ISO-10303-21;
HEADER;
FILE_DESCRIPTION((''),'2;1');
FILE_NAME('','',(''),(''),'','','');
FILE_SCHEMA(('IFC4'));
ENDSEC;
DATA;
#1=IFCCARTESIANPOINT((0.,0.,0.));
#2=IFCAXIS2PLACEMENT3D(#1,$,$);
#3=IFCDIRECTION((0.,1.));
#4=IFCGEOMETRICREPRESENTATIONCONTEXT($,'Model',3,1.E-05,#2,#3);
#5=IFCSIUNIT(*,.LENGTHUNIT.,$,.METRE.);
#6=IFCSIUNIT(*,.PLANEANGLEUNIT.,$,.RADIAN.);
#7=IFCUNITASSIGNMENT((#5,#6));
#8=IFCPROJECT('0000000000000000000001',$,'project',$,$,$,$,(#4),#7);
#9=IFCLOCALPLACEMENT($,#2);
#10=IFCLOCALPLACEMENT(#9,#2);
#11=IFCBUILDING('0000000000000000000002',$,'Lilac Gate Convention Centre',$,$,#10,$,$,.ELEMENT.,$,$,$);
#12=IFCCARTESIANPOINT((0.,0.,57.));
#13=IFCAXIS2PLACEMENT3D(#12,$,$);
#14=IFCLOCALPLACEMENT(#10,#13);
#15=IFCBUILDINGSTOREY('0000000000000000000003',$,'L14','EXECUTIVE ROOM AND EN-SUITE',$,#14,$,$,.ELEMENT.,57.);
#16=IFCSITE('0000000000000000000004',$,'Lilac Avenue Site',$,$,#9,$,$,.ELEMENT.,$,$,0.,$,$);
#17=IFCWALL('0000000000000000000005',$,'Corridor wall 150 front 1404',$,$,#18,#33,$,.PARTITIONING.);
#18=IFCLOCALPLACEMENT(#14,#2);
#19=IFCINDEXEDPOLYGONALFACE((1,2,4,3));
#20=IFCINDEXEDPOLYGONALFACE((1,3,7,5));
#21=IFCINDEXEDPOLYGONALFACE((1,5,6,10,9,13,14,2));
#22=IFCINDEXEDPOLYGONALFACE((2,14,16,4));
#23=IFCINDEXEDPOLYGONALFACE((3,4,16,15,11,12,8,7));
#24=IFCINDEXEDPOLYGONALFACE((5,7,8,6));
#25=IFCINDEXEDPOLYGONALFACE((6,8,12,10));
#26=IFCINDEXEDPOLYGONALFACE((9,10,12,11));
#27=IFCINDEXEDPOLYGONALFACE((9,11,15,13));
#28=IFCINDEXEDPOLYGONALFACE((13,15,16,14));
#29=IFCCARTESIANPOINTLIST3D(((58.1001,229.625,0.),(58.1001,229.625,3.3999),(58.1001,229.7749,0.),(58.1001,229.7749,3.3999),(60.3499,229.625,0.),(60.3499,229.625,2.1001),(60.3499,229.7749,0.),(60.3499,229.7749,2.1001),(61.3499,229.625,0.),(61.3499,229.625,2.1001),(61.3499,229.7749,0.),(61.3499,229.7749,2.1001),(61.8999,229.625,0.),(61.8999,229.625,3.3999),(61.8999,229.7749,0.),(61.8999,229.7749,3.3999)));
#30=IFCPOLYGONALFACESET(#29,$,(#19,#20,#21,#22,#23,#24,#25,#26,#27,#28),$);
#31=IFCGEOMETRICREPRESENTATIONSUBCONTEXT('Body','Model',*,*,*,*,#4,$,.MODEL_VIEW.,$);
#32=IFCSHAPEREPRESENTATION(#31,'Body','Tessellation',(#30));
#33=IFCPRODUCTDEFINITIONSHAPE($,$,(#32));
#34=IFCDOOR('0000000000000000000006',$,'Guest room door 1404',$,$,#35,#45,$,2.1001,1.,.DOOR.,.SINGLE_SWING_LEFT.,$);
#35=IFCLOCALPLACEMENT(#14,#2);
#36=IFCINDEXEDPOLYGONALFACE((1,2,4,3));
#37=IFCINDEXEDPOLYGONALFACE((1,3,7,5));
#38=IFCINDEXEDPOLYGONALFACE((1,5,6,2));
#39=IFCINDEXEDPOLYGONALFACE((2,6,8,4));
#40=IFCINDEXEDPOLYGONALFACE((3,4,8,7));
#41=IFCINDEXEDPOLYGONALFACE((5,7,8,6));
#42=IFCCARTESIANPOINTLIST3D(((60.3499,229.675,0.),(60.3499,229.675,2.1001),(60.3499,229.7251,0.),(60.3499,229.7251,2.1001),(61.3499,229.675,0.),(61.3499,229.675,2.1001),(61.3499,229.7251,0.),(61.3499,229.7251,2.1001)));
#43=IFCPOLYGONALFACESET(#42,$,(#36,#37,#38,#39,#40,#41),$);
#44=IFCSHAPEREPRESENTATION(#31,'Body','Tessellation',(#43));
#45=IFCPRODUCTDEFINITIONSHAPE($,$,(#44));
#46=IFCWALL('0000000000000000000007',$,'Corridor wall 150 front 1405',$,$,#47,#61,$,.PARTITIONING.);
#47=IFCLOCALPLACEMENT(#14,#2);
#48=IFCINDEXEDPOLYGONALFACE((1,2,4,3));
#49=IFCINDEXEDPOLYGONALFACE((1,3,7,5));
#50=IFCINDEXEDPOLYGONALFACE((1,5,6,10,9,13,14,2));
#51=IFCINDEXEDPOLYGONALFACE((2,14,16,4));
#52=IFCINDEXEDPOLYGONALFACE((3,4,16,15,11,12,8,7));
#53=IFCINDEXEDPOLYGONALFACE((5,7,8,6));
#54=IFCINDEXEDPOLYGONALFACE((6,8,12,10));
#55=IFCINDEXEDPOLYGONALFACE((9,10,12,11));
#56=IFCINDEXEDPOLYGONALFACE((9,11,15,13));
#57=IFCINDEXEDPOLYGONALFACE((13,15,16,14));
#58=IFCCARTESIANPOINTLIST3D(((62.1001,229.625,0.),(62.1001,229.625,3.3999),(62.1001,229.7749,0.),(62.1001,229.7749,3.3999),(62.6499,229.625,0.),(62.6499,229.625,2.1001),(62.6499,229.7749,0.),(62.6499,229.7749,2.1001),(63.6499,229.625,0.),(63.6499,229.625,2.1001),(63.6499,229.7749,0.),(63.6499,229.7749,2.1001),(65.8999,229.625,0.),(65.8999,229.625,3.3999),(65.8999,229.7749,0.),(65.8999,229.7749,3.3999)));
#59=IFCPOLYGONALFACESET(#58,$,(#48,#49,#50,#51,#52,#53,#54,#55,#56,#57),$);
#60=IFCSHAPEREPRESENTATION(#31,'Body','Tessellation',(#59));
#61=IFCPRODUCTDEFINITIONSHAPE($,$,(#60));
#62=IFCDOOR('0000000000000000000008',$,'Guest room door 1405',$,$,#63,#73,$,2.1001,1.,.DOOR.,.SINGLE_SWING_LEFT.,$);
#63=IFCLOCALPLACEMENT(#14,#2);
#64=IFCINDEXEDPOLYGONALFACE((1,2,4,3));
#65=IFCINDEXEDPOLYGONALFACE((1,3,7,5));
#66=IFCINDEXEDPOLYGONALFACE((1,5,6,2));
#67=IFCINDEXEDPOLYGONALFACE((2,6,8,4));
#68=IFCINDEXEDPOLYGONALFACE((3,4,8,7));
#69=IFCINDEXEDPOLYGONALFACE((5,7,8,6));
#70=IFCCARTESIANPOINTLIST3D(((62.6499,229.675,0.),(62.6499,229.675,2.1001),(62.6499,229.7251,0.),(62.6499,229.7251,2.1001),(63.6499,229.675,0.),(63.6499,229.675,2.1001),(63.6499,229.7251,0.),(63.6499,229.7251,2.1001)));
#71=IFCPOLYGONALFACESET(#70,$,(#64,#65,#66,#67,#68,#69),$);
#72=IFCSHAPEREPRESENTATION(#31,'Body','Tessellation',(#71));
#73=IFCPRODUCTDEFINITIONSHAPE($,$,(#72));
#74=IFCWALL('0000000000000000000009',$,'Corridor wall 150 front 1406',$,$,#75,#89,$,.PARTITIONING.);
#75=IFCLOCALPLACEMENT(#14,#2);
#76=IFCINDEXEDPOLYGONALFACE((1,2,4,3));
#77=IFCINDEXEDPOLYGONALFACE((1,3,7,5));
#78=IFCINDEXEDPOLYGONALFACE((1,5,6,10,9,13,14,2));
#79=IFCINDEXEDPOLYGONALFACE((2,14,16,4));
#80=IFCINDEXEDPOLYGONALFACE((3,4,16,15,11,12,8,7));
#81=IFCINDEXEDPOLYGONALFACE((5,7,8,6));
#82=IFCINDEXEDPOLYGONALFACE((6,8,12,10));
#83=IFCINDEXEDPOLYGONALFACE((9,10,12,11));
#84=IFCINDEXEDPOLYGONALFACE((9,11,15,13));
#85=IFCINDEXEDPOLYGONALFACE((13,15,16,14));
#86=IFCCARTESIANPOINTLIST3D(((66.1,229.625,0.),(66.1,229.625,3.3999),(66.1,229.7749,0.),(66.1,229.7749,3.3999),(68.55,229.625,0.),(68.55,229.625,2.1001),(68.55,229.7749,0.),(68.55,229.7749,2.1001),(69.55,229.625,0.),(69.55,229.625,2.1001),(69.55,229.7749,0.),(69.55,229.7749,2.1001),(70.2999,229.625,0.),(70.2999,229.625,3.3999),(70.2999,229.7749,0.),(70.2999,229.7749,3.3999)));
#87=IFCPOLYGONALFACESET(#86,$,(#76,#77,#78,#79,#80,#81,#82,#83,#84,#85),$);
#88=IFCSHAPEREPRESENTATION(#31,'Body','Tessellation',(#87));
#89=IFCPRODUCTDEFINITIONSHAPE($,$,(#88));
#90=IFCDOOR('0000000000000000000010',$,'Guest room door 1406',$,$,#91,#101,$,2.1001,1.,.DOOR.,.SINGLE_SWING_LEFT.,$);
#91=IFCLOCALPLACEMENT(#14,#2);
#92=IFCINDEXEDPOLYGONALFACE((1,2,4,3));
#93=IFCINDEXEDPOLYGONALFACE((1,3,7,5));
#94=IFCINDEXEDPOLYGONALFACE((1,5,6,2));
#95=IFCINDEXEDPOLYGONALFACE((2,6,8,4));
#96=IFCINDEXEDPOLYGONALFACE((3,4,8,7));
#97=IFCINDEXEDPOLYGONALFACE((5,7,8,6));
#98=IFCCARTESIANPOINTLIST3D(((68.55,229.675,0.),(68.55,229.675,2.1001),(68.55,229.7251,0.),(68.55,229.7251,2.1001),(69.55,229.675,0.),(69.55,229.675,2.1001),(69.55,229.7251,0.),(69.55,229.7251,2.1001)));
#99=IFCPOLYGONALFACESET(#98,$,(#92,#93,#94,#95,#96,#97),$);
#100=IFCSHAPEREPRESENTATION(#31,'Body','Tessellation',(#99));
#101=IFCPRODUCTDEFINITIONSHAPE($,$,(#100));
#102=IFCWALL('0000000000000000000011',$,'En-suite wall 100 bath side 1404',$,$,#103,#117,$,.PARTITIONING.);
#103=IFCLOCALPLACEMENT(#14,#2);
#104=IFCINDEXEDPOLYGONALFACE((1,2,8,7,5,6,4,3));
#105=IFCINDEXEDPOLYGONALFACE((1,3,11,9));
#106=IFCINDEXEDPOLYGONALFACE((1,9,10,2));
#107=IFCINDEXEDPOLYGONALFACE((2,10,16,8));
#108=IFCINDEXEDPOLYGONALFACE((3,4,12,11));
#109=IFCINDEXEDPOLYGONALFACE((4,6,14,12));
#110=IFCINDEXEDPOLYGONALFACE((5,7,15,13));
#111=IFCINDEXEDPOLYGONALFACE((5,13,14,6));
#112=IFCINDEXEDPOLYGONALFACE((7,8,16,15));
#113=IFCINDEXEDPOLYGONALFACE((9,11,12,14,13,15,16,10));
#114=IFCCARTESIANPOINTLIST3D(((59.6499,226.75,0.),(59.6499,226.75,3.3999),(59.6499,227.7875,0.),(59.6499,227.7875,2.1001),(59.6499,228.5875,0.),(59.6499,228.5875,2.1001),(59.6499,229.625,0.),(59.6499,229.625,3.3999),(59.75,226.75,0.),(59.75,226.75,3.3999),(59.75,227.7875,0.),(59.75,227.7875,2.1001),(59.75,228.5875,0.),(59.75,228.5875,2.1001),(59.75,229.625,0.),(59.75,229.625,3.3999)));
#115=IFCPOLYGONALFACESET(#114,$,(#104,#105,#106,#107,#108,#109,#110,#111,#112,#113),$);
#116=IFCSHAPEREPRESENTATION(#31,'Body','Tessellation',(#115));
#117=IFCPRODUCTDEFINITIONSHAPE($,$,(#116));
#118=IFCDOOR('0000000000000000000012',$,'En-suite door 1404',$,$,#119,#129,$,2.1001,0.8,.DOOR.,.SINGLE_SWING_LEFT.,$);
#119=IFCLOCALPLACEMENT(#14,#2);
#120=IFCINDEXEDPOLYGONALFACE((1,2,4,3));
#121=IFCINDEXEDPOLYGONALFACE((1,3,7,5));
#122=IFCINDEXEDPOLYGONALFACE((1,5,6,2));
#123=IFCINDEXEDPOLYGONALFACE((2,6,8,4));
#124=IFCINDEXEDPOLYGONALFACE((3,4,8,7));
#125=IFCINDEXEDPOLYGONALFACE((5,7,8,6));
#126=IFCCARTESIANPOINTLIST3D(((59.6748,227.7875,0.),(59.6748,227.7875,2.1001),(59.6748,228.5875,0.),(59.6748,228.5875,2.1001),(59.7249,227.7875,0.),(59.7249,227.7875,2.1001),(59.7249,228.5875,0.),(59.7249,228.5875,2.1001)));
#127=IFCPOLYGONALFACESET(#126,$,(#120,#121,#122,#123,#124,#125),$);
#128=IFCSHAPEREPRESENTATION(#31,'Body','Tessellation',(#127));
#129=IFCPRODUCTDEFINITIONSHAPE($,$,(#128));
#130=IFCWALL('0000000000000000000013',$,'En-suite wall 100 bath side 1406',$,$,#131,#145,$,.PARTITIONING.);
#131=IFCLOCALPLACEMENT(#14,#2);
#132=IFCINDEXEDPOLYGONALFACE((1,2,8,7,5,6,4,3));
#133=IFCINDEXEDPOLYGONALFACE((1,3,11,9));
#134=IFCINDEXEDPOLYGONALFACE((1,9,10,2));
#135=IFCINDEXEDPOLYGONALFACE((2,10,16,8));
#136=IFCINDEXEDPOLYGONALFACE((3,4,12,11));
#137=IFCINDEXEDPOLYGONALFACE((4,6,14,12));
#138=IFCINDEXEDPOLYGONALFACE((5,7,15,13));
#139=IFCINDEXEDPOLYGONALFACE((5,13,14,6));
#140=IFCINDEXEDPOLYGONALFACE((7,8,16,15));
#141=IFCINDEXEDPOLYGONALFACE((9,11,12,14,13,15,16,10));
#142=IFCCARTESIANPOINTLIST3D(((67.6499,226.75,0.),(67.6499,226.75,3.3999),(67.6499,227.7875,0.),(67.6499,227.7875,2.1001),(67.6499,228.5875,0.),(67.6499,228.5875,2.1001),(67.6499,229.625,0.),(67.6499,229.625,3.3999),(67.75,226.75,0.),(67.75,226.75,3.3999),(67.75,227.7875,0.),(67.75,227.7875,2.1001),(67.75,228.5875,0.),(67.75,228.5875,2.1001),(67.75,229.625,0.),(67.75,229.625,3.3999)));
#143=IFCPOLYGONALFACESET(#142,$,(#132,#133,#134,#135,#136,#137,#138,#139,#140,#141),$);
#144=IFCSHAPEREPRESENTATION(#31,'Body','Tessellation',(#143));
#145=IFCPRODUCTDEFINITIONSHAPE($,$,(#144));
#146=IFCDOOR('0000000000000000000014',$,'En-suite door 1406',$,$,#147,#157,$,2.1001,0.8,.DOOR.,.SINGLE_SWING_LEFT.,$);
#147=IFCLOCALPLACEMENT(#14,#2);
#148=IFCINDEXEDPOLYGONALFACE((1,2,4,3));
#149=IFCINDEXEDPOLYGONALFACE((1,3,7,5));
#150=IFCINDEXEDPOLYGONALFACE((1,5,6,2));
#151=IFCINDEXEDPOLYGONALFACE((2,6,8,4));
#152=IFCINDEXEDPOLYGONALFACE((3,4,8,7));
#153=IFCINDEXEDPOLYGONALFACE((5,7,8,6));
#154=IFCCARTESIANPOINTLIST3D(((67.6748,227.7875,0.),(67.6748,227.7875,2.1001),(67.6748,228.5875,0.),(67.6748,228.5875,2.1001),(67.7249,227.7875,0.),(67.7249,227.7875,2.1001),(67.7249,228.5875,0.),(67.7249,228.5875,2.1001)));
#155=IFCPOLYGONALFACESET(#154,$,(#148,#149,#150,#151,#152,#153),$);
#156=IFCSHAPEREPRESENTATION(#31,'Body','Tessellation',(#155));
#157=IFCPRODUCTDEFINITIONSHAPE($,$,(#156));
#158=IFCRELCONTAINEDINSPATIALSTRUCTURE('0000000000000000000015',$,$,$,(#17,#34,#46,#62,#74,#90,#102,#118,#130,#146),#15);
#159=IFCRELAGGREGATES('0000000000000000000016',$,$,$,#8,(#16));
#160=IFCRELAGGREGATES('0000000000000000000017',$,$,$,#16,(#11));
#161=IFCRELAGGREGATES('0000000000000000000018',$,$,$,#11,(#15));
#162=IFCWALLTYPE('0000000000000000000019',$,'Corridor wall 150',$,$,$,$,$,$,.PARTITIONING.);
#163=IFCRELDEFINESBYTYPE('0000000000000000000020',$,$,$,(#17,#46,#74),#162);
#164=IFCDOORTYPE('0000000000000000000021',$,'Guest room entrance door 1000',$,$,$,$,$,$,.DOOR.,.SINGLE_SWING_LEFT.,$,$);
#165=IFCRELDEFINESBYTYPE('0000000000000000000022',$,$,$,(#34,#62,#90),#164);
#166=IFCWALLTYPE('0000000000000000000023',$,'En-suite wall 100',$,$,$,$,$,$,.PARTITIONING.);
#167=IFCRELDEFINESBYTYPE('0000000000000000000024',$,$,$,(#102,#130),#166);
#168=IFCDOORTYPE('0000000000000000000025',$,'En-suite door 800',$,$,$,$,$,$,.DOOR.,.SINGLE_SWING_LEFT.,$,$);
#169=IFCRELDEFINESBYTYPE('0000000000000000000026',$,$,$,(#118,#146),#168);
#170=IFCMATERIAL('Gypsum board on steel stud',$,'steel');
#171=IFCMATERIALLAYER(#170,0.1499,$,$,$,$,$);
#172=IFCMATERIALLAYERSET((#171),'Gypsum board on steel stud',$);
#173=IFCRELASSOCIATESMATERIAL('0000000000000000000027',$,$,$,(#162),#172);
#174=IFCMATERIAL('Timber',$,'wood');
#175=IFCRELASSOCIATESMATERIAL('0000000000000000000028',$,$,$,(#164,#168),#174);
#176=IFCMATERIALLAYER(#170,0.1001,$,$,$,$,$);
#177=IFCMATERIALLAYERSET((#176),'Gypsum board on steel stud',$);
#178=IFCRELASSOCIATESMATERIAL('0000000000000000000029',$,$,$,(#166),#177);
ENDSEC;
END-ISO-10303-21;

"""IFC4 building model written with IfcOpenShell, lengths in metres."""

from ifc_helpers import new_model, si_unit, direction, frame, frame_2d, origin, place, context, subcontext, project, spatial, rectangle, extrude, material, layer, layer_set, type_object, element, fill, save


model = new_model("IFC4")

# Units and contexts
model_context = context("Model", 3, precision=1e-05, world=origin(), true_north=direction((0.0, 1.0)))
body_context = subcontext(model_context, "Body", "Model", "MODEL_VIEW")
ifc_project = project(units=[si_unit("LENGTHUNIT", "METRE"), si_unit("PLANEANGLEUNIT", "RADIAN")], contexts=[model_context])

# Site, building, storey
site_placement = place(None, origin())
site = spatial("IfcSite", under=ifc_project, at=site_placement, Name="Lilac Avenue Site", CompositionType="ELEMENT", RefElevation=0.0)
building_placement = place(site_placement, origin())
building = spatial("IfcBuilding", under=site, at=building_placement, Name="Lilac Gate Convention Centre", CompositionType="ELEMENT")
storey_placement = place(building_placement, frame((0.0, 0.0, 57.0)))
storey = spatial("IfcBuildingStorey", under=building, at=storey_placement, Name="L14", Description="EXECUTIVE ROOM AND EN-SUITE", CompositionType="ELEMENT", Elevation=57.0)

# Walls, openings, doors
ifc_material_1 = material(Name="Gypsum board on steel stud", Category="steel")
ifc_layer_1 = layer(ifc_material_1, 0.1499)
ifc_layer_set_1 = layer_set([ifc_layer_1], Name="Gypsum board on steel stud")
wall_type_1 = type_object("IfcWallType", Name="Corridor wall 150", PredefinedType="PARTITIONING", material=ifc_layer_set_1)
ifc_material_2 = material(Name="Timber", Category="wood")
door_type_1 = type_object("IfcDoorType", Name="Guest room entrance door 1000", OperationType="SINGLE_SWING_LEFT", PredefinedType="DOOR", material=ifc_material_2)
wall_1_placement = place(storey_placement, frame((61.8999, 229.7, 0.0), z_axis=(0.0, 0.0, 1.0), x_axis=(-1.0, 0.0, 0.0)))
wall_1 = element("IfcWall", 1, at=wall_1_placement, inside=storey, type_object=wall_type_1, Name="Corridor wall 150 front 1404", PredefinedType="PARTITIONING", context=body_context, shape_type="SweptSolid", body=[
    extrude(rectangle(XDim=3.7998, YDim=0.1499, at=frame_2d((1.8999, 0.0))), origin(), (0.0, 0.0, 1.0), 3.3999),
])
opening_1_placement = place(wall_1_placement, frame((0.55, 0.0, 0.0)))
opening_1 = element("IfcOpeningElement", 2, at=opening_1_placement, cuts=wall_1, PredefinedType="OPENING", context=body_context, shape_type="SweptSolid", body=[
    extrude(rectangle(XDim=1.0, YDim=2.1001, at=frame_2d((0.5, 1.05))), frame((0.0, 0.085, 0.0), z_axis=(0.0, -1.0, 0.0), x_axis=(1.0, 0.0, 0.0)), (0.0, 0.0, 1.0), 0.1699),
])
door_1_placement = place(opening_1_placement, origin())
door_1 = element("IfcDoor", 3, at=door_1_placement, inside=storey, type_object=door_type_1, Name="Guest room door 1404", OperationType="SINGLE_SWING_LEFT", OverallHeight=2.1001, OverallWidth=1.0, PredefinedType="DOOR", context=body_context, shape_type="SweptSolid", body=[
    extrude(rectangle(XDim=1.0, YDim=2.1001, at=frame_2d((0.5, 1.05))), frame((0.0, 0.0249, 0.0), z_axis=(0.0, -1.0, 0.0), x_axis=(1.0, 0.0, 0.0)), (0.0, 0.0, 1.0), 0.05),
])
fill(opening_1, door_1)
wall_2_placement = place(storey_placement, frame((65.8999, 229.7, 0.0), z_axis=(0.0, 0.0, 1.0), x_axis=(-1.0, 0.0, 0.0)))
wall_2 = element("IfcWall", 4, at=wall_2_placement, inside=storey, type_object=wall_type_1, Name="Corridor wall 150 front 1405", PredefinedType="PARTITIONING", context=body_context, shape_type="SweptSolid", body=[
    extrude(rectangle(XDim=3.7998, YDim=0.1499, at=frame_2d((1.8999, 0.0))), origin(), (0.0, 0.0, 1.0), 3.3999),
])
opening_2_placement = place(wall_2_placement, frame((2.25, 0.0, 0.0)))
opening_2 = element("IfcOpeningElement", 5, at=opening_2_placement, cuts=wall_2, PredefinedType="OPENING", context=body_context, shape_type="SweptSolid", body=[
    extrude(rectangle(XDim=1.0, YDim=2.1001, at=frame_2d((0.5, 1.05))), frame((0.0, 0.085, 0.0), z_axis=(0.0, -1.0, 0.0), x_axis=(1.0, 0.0, 0.0)), (0.0, 0.0, 1.0), 0.1699),
])
door_2_placement = place(opening_2_placement, origin())
door_2 = element("IfcDoor", 6, at=door_2_placement, inside=storey, type_object=door_type_1, Name="Guest room door 1405", OperationType="SINGLE_SWING_LEFT", OverallHeight=2.1001, OverallWidth=1.0, PredefinedType="DOOR", context=body_context, shape_type="SweptSolid", body=[
    extrude(rectangle(XDim=1.0, YDim=2.1001, at=frame_2d((0.5, 1.05))), frame((0.0, 0.0249, 0.0), z_axis=(0.0, -1.0, 0.0), x_axis=(1.0, 0.0, 0.0)), (0.0, 0.0, 1.0), 0.05),
])
fill(opening_2, door_2)
wall_3_placement = place(storey_placement, frame((70.3, 229.7, 0.0), z_axis=(0.0, 0.0, 1.0), x_axis=(-1.0, 0.0, 0.0)))
wall_3 = element("IfcWall", 7, at=wall_3_placement, inside=storey, type_object=wall_type_1, Name="Corridor wall 150 front 1406", PredefinedType="PARTITIONING", context=body_context, shape_type="SweptSolid", body=[
    extrude(rectangle(XDim=4.2, YDim=0.1499, at=frame_2d((2.1001, 0.0))), origin(), (0.0, 0.0, 1.0), 3.3999),
])
opening_3_placement = place(wall_3_placement, frame((0.75, 0.0, 0.0)))
opening_3 = element("IfcOpeningElement", 8, at=opening_3_placement, cuts=wall_3, PredefinedType="OPENING", context=body_context, shape_type="SweptSolid", body=[
    extrude(rectangle(XDim=1.0, YDim=2.1001, at=frame_2d((0.5, 1.05))), frame((0.0, 0.085, 0.0), z_axis=(0.0, -1.0, 0.0), x_axis=(1.0, 0.0, 0.0)), (0.0, 0.0, 1.0), 0.1699),
])
door_3_placement = place(opening_3_placement, origin())
door_3 = element("IfcDoor", 9, at=door_3_placement, inside=storey, type_object=door_type_1, Name="Guest room door 1406", OperationType="SINGLE_SWING_LEFT", OverallHeight=2.1001, OverallWidth=1.0, PredefinedType="DOOR", context=body_context, shape_type="SweptSolid", body=[
    extrude(rectangle(XDim=1.0, YDim=2.1001, at=frame_2d((0.5, 1.05))), frame((0.0, 0.0249, 0.0), z_axis=(0.0, -1.0, 0.0), x_axis=(1.0, 0.0, 0.0)), (0.0, 0.0, 1.0), 0.05),
])
fill(opening_3, door_3)
ifc_layer_2 = layer(ifc_material_1, 0.1001)
ifc_layer_set_2 = layer_set([ifc_layer_2], Name="Gypsum board on steel stud")
wall_type_2 = type_object("IfcWallType", Name="En-suite wall 100", PredefinedType="PARTITIONING", material=ifc_layer_set_2)
wall_4_placement = place(storey_placement, frame((59.7, 229.625, 0.0), z_axis=(0.0, 0.0, 1.0), x_axis=(0.0, -1.0, 0.0)))
wall_4 = element("IfcWall", 10, at=wall_4_placement, inside=storey, type_object=wall_type_2, Name="En-suite wall 100 bath side 1404", PredefinedType="PARTITIONING", context=body_context, shape_type="SweptSolid", body=[
    extrude(rectangle(XDim=2.875, YDim=0.1001, at=frame_2d((1.4375, 0.0))), origin(), (0.0, 0.0, 1.0), 3.3999),
])
opening_4_placement = place(wall_4_placement, frame((1.0376, 0.0, 0.0)))
opening_4 = element("IfcOpeningElement", 11, at=opening_4_placement, cuts=wall_4, PredefinedType="OPENING", context=body_context, shape_type="SweptSolid", body=[
    extrude(rectangle(XDim=0.8, YDim=2.1001, at=frame_2d((0.3999, 1.05))), frame((0.0, 0.0601, 0.0), z_axis=(0.0, -1.0, 0.0), x_axis=(1.0, 0.0, 0.0)), (0.0, 0.0, 1.0), 0.1201),
])
door_type_2 = type_object("IfcDoorType", Name="En-suite door 800", OperationType="SINGLE_SWING_LEFT", PredefinedType="DOOR", material=ifc_material_2)
door_4_placement = place(opening_4_placement, origin())
door_4 = element("IfcDoor", 12, at=door_4_placement, inside=storey, type_object=door_type_2, Name="En-suite door 1404", OperationType="SINGLE_SWING_LEFT", OverallHeight=2.1001, OverallWidth=0.8, PredefinedType="DOOR", context=body_context, shape_type="SweptSolid", body=[
    extrude(rectangle(XDim=0.8, YDim=2.1001, at=frame_2d((0.3999, 1.05))), frame((0.0, 0.0249, 0.0), z_axis=(0.0, -1.0, 0.0), x_axis=(1.0, 0.0, 0.0)), (0.0, 0.0, 1.0), 0.05),
])
fill(opening_4, door_4)
wall_5_placement = place(storey_placement, frame((67.7, 229.625, 0.0), z_axis=(0.0, 0.0, 1.0), x_axis=(0.0, -1.0, 0.0)))
wall_5 = element("IfcWall", 13, at=wall_5_placement, inside=storey, type_object=wall_type_2, Name="En-suite wall 100 bath side 1406", PredefinedType="PARTITIONING", context=body_context, shape_type="SweptSolid", body=[
    extrude(rectangle(XDim=2.875, YDim=0.1001, at=frame_2d((1.4375, 0.0))), origin(), (0.0, 0.0, 1.0), 3.3999),
])
opening_5_placement = place(wall_5_placement, frame((1.0376, 0.0, 0.0)))
opening_5 = element("IfcOpeningElement", 14, at=opening_5_placement, cuts=wall_5, PredefinedType="OPENING", context=body_context, shape_type="SweptSolid", body=[
    extrude(rectangle(XDim=0.8, YDim=2.1001, at=frame_2d((0.3999, 1.05))), frame((0.0, 0.0601, 0.0), z_axis=(0.0, -1.0, 0.0), x_axis=(1.0, 0.0, 0.0)), (0.0, 0.0, 1.0), 0.1201),
])
door_5_placement = place(opening_5_placement, origin())
door_5 = element("IfcDoor", 15, at=door_5_placement, inside=storey, type_object=door_type_2, Name="En-suite door 1406", OperationType="SINGLE_SWING_LEFT", OverallHeight=2.1001, OverallWidth=0.8, PredefinedType="DOOR", context=body_context, shape_type="SweptSolid", body=[
    extrude(rectangle(XDim=0.8, YDim=2.1001, at=frame_2d((0.3999, 1.05))), frame((0.0, 0.0249, 0.0), z_axis=(0.0, -1.0, 0.0), x_axis=(1.0, 0.0, 0.0)), (0.0, 0.0, 1.0), 0.05),
])
fill(opening_5, door_5)

save(model, "model.ifc")
